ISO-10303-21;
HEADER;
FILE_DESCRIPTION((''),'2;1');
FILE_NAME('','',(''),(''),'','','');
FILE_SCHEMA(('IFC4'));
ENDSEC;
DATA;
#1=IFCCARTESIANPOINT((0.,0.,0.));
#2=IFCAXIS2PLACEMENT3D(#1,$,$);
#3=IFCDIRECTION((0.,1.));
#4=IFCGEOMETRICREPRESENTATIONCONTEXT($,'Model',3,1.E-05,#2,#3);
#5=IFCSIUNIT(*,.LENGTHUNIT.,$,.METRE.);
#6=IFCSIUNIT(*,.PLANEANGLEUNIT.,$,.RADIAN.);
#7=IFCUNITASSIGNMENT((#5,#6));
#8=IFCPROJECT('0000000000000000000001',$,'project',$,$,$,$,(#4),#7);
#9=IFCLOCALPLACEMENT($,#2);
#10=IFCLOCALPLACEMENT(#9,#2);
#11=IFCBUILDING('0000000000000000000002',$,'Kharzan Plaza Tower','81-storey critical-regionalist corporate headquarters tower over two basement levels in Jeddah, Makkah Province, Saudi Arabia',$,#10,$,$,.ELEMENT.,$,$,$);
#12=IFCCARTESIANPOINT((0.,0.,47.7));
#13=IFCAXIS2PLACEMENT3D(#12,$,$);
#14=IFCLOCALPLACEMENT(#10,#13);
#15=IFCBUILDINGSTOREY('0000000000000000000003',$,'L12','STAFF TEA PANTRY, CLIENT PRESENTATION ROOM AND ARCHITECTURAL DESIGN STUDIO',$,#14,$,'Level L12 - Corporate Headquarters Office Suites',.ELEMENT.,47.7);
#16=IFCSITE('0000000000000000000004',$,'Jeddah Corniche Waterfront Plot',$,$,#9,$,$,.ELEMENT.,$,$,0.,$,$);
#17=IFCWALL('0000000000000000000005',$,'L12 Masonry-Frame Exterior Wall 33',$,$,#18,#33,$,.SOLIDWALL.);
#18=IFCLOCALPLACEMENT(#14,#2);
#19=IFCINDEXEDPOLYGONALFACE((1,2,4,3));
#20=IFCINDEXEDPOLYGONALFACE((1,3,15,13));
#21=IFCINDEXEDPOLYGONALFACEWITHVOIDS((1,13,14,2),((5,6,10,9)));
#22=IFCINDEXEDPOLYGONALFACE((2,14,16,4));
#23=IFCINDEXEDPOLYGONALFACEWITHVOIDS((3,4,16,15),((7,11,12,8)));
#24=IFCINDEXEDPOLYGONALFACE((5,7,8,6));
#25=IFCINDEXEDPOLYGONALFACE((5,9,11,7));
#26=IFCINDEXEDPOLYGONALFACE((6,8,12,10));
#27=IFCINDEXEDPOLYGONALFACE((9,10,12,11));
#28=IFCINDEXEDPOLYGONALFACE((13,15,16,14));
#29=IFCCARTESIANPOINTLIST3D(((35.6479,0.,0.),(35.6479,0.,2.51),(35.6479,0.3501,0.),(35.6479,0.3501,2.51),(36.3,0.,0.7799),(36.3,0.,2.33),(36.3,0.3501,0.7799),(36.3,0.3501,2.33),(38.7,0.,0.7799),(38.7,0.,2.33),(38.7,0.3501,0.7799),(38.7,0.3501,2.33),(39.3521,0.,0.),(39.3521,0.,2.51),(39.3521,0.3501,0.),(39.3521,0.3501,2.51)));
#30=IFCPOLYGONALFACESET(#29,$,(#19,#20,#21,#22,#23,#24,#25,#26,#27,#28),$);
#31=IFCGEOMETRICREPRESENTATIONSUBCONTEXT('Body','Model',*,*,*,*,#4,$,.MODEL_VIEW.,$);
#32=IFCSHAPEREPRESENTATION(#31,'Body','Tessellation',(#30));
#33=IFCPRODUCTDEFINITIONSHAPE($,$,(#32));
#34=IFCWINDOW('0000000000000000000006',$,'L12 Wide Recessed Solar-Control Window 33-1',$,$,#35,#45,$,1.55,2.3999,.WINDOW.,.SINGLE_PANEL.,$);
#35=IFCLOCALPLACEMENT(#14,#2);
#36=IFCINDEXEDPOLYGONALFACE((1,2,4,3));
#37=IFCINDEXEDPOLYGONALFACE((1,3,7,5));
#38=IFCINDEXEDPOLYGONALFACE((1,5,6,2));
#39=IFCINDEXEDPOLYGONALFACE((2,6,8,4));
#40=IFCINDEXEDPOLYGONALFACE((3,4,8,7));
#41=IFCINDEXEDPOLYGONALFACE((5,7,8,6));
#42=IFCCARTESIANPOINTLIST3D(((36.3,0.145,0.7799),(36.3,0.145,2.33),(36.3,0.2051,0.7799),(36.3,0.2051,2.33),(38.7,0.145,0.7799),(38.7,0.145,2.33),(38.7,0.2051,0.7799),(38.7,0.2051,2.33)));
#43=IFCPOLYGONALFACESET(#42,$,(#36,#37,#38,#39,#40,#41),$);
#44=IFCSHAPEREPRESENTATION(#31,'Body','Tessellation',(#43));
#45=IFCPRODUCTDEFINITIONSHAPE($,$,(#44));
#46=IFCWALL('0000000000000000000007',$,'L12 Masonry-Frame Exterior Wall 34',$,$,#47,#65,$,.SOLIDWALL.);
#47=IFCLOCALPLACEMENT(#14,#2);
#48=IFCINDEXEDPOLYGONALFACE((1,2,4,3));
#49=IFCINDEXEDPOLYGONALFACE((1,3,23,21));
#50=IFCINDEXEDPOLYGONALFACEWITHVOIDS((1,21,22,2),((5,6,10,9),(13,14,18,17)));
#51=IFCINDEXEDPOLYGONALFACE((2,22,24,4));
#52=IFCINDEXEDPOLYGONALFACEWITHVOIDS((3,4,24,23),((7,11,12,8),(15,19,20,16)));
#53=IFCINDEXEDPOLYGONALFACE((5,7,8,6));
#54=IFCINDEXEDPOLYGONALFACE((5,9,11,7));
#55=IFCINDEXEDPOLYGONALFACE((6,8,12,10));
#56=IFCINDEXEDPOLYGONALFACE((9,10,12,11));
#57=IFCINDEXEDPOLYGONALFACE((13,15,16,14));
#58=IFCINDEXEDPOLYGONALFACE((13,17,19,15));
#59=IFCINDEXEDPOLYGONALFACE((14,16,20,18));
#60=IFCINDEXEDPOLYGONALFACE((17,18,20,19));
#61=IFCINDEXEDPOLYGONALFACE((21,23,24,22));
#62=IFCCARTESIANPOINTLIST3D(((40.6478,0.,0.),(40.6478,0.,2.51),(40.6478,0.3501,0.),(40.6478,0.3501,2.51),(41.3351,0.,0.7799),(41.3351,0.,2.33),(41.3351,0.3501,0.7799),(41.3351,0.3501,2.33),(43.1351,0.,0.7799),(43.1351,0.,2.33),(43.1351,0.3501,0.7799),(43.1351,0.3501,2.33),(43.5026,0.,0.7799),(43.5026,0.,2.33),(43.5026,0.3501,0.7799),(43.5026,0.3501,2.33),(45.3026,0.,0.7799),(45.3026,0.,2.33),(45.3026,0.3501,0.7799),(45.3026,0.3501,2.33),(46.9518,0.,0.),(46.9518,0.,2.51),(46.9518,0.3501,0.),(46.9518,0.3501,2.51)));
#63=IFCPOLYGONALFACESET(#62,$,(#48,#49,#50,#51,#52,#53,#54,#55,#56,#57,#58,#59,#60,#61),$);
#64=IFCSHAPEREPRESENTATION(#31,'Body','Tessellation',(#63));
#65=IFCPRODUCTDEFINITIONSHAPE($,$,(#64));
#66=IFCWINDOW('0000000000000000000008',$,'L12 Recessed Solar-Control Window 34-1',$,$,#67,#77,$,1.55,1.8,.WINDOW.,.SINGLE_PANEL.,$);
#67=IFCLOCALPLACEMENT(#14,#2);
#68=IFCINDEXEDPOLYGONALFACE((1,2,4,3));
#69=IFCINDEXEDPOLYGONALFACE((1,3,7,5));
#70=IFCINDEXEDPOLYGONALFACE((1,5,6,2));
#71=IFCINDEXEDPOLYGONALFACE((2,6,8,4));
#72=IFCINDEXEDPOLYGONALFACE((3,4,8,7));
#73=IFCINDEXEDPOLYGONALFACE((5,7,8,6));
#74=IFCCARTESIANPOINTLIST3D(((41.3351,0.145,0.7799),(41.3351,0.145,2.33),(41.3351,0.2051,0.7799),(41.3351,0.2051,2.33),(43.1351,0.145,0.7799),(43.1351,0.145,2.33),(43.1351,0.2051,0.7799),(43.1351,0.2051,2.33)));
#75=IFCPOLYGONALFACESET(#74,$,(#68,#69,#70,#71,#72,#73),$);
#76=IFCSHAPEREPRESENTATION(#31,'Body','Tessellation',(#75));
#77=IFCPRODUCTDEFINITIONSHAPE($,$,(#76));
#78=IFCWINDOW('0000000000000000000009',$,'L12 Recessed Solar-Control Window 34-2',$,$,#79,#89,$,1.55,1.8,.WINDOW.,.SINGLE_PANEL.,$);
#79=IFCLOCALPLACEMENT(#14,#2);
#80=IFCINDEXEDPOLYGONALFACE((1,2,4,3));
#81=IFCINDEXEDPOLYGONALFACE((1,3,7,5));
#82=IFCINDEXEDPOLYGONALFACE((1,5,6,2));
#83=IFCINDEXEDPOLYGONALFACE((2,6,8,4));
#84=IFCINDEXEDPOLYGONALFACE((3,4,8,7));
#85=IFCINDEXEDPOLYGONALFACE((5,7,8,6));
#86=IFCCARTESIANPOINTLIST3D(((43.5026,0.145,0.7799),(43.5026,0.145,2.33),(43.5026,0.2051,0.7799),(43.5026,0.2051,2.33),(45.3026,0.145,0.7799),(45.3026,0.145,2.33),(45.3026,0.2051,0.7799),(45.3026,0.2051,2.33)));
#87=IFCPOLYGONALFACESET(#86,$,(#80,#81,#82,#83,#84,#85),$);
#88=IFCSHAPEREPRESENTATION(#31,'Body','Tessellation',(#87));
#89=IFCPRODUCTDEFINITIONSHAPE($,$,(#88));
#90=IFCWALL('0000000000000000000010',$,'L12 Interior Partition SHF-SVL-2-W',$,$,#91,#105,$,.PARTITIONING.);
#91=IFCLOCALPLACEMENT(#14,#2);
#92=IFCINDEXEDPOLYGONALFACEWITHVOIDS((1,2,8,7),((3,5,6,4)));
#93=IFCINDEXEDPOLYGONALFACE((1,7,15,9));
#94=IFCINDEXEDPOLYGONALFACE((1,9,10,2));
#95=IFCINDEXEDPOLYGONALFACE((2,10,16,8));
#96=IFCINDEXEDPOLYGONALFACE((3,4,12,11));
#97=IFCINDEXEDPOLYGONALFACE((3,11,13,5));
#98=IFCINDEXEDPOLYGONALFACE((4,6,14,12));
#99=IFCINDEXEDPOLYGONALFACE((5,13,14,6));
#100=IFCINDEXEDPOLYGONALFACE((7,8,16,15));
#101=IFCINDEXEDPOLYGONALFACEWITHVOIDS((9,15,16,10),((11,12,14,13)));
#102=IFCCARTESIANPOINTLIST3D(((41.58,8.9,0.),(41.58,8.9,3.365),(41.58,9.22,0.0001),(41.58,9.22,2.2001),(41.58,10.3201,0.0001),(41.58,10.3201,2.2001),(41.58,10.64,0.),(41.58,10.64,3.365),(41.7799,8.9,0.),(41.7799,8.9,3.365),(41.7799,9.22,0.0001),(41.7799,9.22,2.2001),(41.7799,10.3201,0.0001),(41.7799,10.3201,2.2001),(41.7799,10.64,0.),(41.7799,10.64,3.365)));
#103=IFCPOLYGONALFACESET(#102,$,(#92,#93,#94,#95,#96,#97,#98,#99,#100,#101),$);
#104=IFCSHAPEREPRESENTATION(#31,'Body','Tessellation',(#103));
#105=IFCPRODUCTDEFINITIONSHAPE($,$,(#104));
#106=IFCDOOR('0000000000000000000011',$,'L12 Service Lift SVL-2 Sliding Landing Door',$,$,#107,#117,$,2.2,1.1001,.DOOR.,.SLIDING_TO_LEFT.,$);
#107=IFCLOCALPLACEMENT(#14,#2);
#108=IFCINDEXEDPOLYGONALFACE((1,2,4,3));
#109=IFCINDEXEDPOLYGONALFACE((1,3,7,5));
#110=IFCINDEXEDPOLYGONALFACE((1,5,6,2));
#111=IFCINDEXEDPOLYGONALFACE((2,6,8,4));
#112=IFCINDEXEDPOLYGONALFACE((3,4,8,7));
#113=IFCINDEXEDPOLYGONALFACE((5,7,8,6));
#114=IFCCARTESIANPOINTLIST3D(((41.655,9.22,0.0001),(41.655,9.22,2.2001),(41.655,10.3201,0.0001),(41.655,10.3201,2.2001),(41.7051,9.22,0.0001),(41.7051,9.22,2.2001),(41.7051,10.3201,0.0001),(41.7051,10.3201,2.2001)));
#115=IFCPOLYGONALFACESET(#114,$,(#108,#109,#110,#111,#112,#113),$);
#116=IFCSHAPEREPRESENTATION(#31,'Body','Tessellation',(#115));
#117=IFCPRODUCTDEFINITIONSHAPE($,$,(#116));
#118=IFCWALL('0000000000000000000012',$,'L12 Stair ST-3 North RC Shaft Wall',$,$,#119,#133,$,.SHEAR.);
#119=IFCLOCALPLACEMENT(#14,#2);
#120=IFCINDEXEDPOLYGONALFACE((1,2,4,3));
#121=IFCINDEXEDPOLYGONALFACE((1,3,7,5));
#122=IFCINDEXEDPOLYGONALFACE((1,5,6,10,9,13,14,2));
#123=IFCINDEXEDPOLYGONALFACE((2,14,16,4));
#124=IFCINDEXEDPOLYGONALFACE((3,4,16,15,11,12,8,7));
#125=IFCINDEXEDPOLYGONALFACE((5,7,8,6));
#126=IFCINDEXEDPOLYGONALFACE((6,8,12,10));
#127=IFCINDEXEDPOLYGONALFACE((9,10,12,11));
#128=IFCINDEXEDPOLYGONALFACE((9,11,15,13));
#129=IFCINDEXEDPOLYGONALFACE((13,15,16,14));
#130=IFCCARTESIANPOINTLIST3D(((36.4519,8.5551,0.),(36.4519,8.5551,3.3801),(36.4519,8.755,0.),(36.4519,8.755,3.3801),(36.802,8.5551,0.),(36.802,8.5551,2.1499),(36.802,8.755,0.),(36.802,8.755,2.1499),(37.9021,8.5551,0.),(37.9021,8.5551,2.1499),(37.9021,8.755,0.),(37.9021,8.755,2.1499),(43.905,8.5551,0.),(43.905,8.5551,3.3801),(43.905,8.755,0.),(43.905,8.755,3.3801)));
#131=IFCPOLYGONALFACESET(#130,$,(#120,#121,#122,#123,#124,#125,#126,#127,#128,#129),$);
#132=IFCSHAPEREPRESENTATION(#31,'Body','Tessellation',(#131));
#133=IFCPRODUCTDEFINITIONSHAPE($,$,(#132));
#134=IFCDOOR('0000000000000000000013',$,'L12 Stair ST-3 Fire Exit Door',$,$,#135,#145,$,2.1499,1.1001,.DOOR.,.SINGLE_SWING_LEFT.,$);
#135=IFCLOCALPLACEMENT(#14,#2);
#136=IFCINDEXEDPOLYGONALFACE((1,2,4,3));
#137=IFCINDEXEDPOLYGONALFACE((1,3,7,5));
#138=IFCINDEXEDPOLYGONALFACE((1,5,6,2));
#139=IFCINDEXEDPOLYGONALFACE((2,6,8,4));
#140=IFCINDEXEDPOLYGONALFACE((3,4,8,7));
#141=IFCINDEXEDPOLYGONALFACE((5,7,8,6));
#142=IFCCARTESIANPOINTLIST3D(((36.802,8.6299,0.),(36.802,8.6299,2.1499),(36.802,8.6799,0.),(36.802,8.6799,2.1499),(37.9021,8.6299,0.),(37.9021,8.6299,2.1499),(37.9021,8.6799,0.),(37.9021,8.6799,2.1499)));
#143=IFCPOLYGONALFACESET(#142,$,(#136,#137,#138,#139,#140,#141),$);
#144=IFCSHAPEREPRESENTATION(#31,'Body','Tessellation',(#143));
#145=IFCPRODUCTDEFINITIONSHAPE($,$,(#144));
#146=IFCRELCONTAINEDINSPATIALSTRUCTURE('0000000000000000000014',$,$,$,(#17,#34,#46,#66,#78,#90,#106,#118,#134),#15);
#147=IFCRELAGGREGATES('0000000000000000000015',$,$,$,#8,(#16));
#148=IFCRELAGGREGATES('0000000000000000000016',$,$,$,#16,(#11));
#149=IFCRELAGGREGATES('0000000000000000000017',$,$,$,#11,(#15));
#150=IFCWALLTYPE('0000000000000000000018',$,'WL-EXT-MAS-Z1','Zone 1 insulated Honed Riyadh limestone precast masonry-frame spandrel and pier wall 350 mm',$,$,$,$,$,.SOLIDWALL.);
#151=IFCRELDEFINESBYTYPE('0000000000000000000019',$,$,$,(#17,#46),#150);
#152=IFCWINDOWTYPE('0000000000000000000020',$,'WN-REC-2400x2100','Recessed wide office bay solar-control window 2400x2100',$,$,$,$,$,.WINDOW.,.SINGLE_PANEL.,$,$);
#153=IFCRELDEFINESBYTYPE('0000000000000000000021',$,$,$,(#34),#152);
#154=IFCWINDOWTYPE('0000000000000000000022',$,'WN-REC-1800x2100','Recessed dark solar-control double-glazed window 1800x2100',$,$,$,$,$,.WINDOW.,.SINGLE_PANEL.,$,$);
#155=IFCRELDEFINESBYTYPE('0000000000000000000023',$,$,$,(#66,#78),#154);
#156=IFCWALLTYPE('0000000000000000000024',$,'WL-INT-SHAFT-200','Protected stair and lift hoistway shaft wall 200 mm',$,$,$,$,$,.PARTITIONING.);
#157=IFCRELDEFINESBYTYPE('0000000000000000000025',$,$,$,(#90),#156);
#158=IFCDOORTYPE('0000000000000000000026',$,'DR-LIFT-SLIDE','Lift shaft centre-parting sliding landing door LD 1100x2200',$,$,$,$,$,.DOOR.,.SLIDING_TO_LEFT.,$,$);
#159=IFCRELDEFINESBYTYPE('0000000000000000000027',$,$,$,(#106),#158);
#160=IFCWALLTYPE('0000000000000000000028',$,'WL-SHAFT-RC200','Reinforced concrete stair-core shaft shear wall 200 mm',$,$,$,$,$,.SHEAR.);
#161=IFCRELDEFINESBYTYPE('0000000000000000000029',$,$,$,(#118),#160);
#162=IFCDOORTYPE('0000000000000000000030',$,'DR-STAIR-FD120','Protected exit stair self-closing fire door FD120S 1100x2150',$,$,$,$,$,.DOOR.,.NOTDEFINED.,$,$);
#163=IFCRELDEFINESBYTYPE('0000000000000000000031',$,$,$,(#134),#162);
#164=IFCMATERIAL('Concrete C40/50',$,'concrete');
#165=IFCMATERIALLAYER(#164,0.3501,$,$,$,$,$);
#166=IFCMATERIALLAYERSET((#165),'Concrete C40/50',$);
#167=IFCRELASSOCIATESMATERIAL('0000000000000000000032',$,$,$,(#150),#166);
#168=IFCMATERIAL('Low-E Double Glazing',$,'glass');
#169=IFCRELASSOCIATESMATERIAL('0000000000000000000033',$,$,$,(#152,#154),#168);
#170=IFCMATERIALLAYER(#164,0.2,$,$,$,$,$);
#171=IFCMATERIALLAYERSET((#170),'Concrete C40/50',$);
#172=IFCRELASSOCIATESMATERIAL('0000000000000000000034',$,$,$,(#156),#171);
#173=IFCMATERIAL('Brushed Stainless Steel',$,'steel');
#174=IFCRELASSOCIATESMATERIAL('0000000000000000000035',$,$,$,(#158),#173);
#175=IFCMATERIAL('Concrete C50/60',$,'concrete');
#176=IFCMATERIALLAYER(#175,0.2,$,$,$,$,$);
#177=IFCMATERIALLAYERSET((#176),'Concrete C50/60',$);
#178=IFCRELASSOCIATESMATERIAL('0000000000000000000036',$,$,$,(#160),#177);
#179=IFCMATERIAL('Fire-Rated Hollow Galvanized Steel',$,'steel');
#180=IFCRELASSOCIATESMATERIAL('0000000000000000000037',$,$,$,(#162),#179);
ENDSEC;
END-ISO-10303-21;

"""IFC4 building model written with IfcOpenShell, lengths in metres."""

from ifc_helpers import new_model, si_unit, direction, frame, frame_2d, origin, place, context, subcontext, project, spatial, rectangle, extrude, source, transform, mapped, material, layer, layer_set, type_object, element, fill, save


model = new_model("IFC4")

# Units and contexts
model_context = context("Model", 3, precision=1e-05, world=origin(), true_north=direction((0.0, 1.0)))
body_context = subcontext(model_context, "Body", "Model", "MODEL_VIEW")
ifc_project = project(units=[si_unit("LENGTHUNIT", "METRE"), si_unit("PLANEANGLEUNIT", "RADIAN")], contexts=[model_context])

# Site, building, storey
site_placement = place(None, origin())
site = spatial("IfcSite", under=ifc_project, at=site_placement, Name="Jeddah Corniche Waterfront Plot", CompositionType="ELEMENT", RefElevation=0.0)
building_placement = place(site_placement, origin())
building = spatial("IfcBuilding", under=site, at=building_placement, Name="Kharzan Plaza Tower", Description="81-storey critical-regionalist corporate headquarters tower over two basement levels in Jeddah, Makkah Province, Saudi Arabia", CompositionType="ELEMENT")
storey_placement = place(building_placement, frame((0.0, 0.0, 47.7)))
storey = spatial("IfcBuildingStorey", under=building, at=storey_placement, Name="L12", Description="STAFF TEA PANTRY, CLIENT PRESENTATION ROOM AND ARCHITECTURAL DESIGN STUDIO", LongName="Level L12 - Corporate Headquarters Office Suites", CompositionType="ELEMENT", Elevation=47.7)

# Wall, opening, window
ifc_material_1 = material(Name="Concrete C40/50", Category="concrete")
ifc_layer_1 = layer(ifc_material_1, 0.3501)
ifc_layer_set_1 = layer_set([ifc_layer_1], Name="Concrete C40/50")
wall_type_1 = type_object("IfcWallType", Name="WL-EXT-MAS-Z1", Description="Zone 1 insulated Honed Riyadh limestone precast masonry-frame spandrel and pier wall 350 mm", PredefinedType="SOLIDWALL", material=ifc_layer_set_1)
wall_1_placement = place(storey_placement, frame((35.6479, 0.175, 0.0), z_axis=(0.0, 0.0, 1.0), x_axis=(1.0, 0.0, 0.0)))
wall_1 = element("IfcWall", 1, at=wall_1_placement, inside=storey, type_object=wall_type_1, Name="L12 Masonry-Frame Exterior Wall 33", PredefinedType="SOLIDWALL", context=body_context, shape_type="SweptSolid", body=[
    extrude(rectangle(XDim=3.7041, YDim=0.3501, at=frame_2d((1.8521, 0.0))), origin(), (0.0, 0.0, 1.0), 2.51),
])
opening_1_placement = place(wall_1_placement, frame((0.6521, 0.0, 0.78)))
opening_1 = element("IfcOpeningElement", 2, at=opening_1_placement, cuts=wall_1, PredefinedType="OPENING", context=body_context, shape_type="SweptSolid", body=[
    extrude(rectangle(XDim=2.3999, YDim=1.55, at=frame_2d((1.2, 0.7749))), frame((0.0, 0.1851, 0.0), z_axis=(0.0, -1.0, 0.0), x_axis=(1.0, 0.0, 0.0)), (0.0, 0.0, 1.0), 0.3701),
])
ifc_material_2 = material(Name="Low-E Double Glazing", Category="glass")
window_type_1 = type_object("IfcWindowType", Name="WN-REC-2400x2100", Description="Recessed wide office bay solar-control window 2400x2100", PartitioningType="SINGLE_PANEL", PredefinedType="WINDOW", material=ifc_material_2)
shared_shape_1 = source(origin(), body_context, "Body", "SweptSolid", [
    extrude(rectangle(XDim=2.3999, YDim=1.55, at=frame_2d((1.2, 0.7749))), frame((0.0, 0.03, 0.0), z_axis=(0.0, -1.0, 0.0), x_axis=(1.0, 0.0, 0.0)), (0.0, 0.0, 1.0), 0.0601),
])
window_1_placement = place(opening_1_placement, origin())
window_1 = element("IfcWindow", 3, at=window_1_placement, inside=storey, type_object=window_type_1, Name="L12 Wide Recessed Solar-Control Window 33-1", OverallHeight=1.55, OverallWidth=2.3999, PartitioningType="SINGLE_PANEL", PredefinedType="WINDOW", context=body_context, shape_type="MappedRepresentation", body=[
    mapped(shared_shape_1, transform((0.0, 0.0, 0.0), x_axis=(1.0, 0.0, 0.0), y_axis=(0.0, 1.0, 0.0), z_axis=(0.0, 0.0, 1.0))),
])
fill(opening_1, window_1)

# Wall, openings, windows
wall_2_placement = place(storey_placement, frame((40.6479, 0.175, 0.0), z_axis=(0.0, 0.0, 1.0), x_axis=(1.0, 0.0, 0.0)))
wall_2 = element("IfcWall", 4, at=wall_2_placement, inside=storey, type_object=wall_type_1, Name="L12 Masonry-Frame Exterior Wall 34", PredefinedType="SOLIDWALL", context=body_context, shape_type="SweptSolid", body=[
    extrude(rectangle(XDim=6.304, YDim=0.3501, at=frame_2d((3.1519, 0.0))), origin(), (0.0, 0.0, 1.0), 2.51),
])
opening_2_placement = place(wall_2_placement, frame((0.6873, 0.0, 0.78)))
opening_2 = element("IfcOpeningElement", 5, at=opening_2_placement, cuts=wall_2, PredefinedType="OPENING", context=body_context, shape_type="SweptSolid", body=[
    extrude(rectangle(XDim=1.8, YDim=1.55, at=frame_2d((0.8999, 0.7749))), frame((0.0, 0.1851, 0.0), z_axis=(0.0, -1.0, 0.0), x_axis=(1.0, 0.0, 0.0)), (0.0, 0.0, 1.0), 0.3701),
])
opening_3_placement = place(wall_2_placement, frame((2.8547, 0.0, 0.78)))
opening_3 = element("IfcOpeningElement", 6, at=opening_3_placement, cuts=wall_2, PredefinedType="OPENING", context=body_context, shape_type="SweptSolid", body=[
    extrude(rectangle(XDim=1.8, YDim=1.55, at=frame_2d((0.8999, 0.7749))), frame((0.0, 0.1851, 0.0), z_axis=(0.0, -1.0, 0.0), x_axis=(1.0, 0.0, 0.0)), (0.0, 0.0, 1.0), 0.3701),
])
window_type_2 = type_object("IfcWindowType", Name="WN-REC-1800x2100", Description="Recessed dark solar-control double-glazed window 1800x2100", PartitioningType="SINGLE_PANEL", PredefinedType="WINDOW", material=ifc_material_2)
shared_shape_2 = source(origin(), body_context, "Body", "SweptSolid", [
    extrude(rectangle(XDim=1.8, YDim=1.55, at=frame_2d((0.8999, 0.7749))), frame((0.0, 0.03, 0.0), z_axis=(0.0, -1.0, 0.0), x_axis=(1.0, 0.0, 0.0)), (0.0, 0.0, 1.0), 0.0601),
])
window_2_placement = place(opening_2_placement, origin())
window_2 = element("IfcWindow", 7, at=window_2_placement, inside=storey, type_object=window_type_2, Name="L12 Recessed Solar-Control Window 34-1", OverallHeight=1.55, OverallWidth=1.8, PartitioningType="SINGLE_PANEL", PredefinedType="WINDOW", context=body_context, shape_type="MappedRepresentation", body=[
    mapped(shared_shape_2, transform((0.0, 0.0, 0.0), x_axis=(1.0, 0.0, 0.0), y_axis=(0.0, 1.0, 0.0), z_axis=(0.0, 0.0, 1.0))),
])
fill(opening_2, window_2)
window_3_placement = place(opening_3_placement, origin())
window_3 = element("IfcWindow", 8, at=window_3_placement, inside=storey, type_object=window_type_2, Name="L12 Recessed Solar-Control Window 34-2", OverallHeight=1.55, OverallWidth=1.8, PartitioningType="SINGLE_PANEL", PredefinedType="WINDOW", context=body_context, shape_type="MappedRepresentation", body=[
    mapped(shared_shape_2, transform((0.0, 0.0, 0.0), x_axis=(1.0, 0.0, 0.0), y_axis=(0.0, 1.0, 0.0), z_axis=(0.0, 0.0, 1.0))),
])
fill(opening_3, window_3)

# Walls, openings, doors
ifc_layer_2 = layer(ifc_material_1, 0.2)
ifc_layer_set_2 = layer_set([ifc_layer_2], Name="Concrete C40/50")
wall_type_2 = type_object("IfcWallType", Name="WL-INT-SHAFT-200", Description="Protected stair and lift hoistway shaft wall 200 mm", PredefinedType="PARTITIONING", material=ifc_layer_set_2)
wall_3_placement = place(storey_placement, frame((41.6799, 8.8999, 0.0), z_axis=(0.0, 0.0, 1.0), x_axis=(0.0, 1.0, 0.0)))
wall_3 = element("IfcWall", 9, at=wall_3_placement, inside=storey, type_object=wall_type_2, Name="L12 Interior Partition SHF-SVL-2-W", PredefinedType="PARTITIONING", context=body_context, shape_type="SweptSolid", body=[
    extrude(rectangle(XDim=1.74, YDim=0.2, at=frame_2d((0.8701, 0.0))), origin(), (0.0, 0.0, 1.0), 3.365),
])
opening_4_placement = place(wall_3_placement, frame((0.3201, 0.0, 0.0)))
opening_4 = element("IfcOpeningElement", 10, at=opening_4_placement, cuts=wall_3, PredefinedType="OPENING", context=body_context, shape_type="SweptSolid", body=[
    extrude(rectangle(XDim=1.1001, YDim=2.2, at=frame_2d((0.55, 1.1001))), frame((0.0, 0.1099, 0.0), z_axis=(0.0, -1.0, 0.0), x_axis=(1.0, 0.0, 0.0)), (0.0, 0.0, 1.0), 0.22),
])
ifc_material_3 = material(Name="Brushed Stainless Steel", Category="steel")
door_type_1 = type_object("IfcDoorType", Name="DR-LIFT-SLIDE", Description="Lift shaft centre-parting sliding landing door LD 1100x2200", OperationType="SLIDING_TO_LEFT", PredefinedType="DOOR", material=ifc_material_3)
shared_shape_3 = source(origin(), body_context, "Body", "SweptSolid", [
    extrude(rectangle(XDim=1.1001, YDim=2.2, at=frame_2d((0.55, 1.1001))), frame((0.0, 0.0249, 0.0), z_axis=(0.0, -1.0, 0.0), x_axis=(1.0, 0.0, 0.0)), (0.0, 0.0, 1.0), 0.05),
])
door_1_placement = place(opening_4_placement, origin())
door_1 = element("IfcDoor", 11, at=door_1_placement, inside=storey, type_object=door_type_1, Name="L12 Service Lift SVL-2 Sliding Landing Door", OperationType="SLIDING_TO_LEFT", OverallHeight=2.2, OverallWidth=1.1001, PredefinedType="DOOR", context=body_context, shape_type="MappedRepresentation", body=[
    mapped(shared_shape_3, transform((0.0, 0.0, 0.0), x_axis=(1.0, 0.0, 0.0), y_axis=(0.0, 1.0, 0.0), z_axis=(0.0, 0.0, 1.0))),
])
fill(opening_4, door_1)
ifc_material_4 = material(Name="Concrete C50/60", Category="concrete")
ifc_layer_3 = layer(ifc_material_4, 0.2)
ifc_layer_set_3 = layer_set([ifc_layer_3], Name="Concrete C50/60")
wall_type_3 = type_object("IfcWallType", Name="WL-SHAFT-RC200", Description="Reinforced concrete stair-core shaft shear wall 200 mm", PredefinedType="SHEAR", material=ifc_layer_set_3)
wall_4_placement = place(storey_placement, frame((36.4519, 8.655, 0.0), z_axis=(0.0, 0.0, 1.0), x_axis=(1.0, 0.0, 0.0)))
wall_4 = element("IfcWall", 12, at=wall_4_placement, inside=storey, type_object=wall_type_3, Name="L12 Stair ST-3 North RC Shaft Wall", PredefinedType="SHEAR", context=body_context, shape_type="SweptSolid", body=[
    extrude(rectangle(XDim=7.4531, YDim=0.2, at=frame_2d((3.7266, 0.0))), origin(), (0.0, 0.0, 1.0), 3.3801),
])
opening_5_placement = place(wall_4_placement, frame((0.3501, 0.0, 0.0)))
opening_5 = element("IfcOpeningElement", 13, at=opening_5_placement, cuts=wall_4, PredefinedType="OPENING", context=body_context, shape_type="SweptSolid", body=[
    extrude(rectangle(XDim=1.1001, YDim=2.1499, at=frame_2d((0.55, 1.075))), frame((0.0, 0.1099, 0.0), z_axis=(0.0, -1.0, 0.0), x_axis=(1.0, 0.0, 0.0)), (0.0, 0.0, 1.0), 0.22),
])
ifc_material_5 = material(Name="Fire-Rated Hollow Galvanized Steel", Category="steel")
door_type_2 = type_object("IfcDoorType", Name="DR-STAIR-FD120", Description="Protected exit stair self-closing fire door FD120S 1100x2150", OperationType="NOTDEFINED", PredefinedType="DOOR", material=ifc_material_5)
shared_shape_4 = source(origin(), body_context, "Body", "SweptSolid", [
    extrude(rectangle(XDim=1.1001, YDim=2.1499, at=frame_2d((0.55, 1.075))), frame((0.0, 0.0249, 0.0), z_axis=(0.0, -1.0, 0.0), x_axis=(1.0, 0.0, 0.0)), (0.0, 0.0, 1.0), 0.05),
])
door_2_placement = place(opening_5_placement, origin())
door_2 = element("IfcDoor", 14, at=door_2_placement, inside=storey, type_object=door_type_2, Name="L12 Stair ST-3 Fire Exit Door", OperationType="SINGLE_SWING_LEFT", OverallHeight=2.1499, OverallWidth=1.1001, PredefinedType="DOOR", context=body_context, shape_type="MappedRepresentation", body=[
    mapped(shared_shape_4, transform((0.0, 0.0, 0.0), x_axis=(1.0, 0.0, 0.0), y_axis=(0.0, 1.0, 0.0), z_axis=(0.0, 0.0, 1.0))),
])
fill(opening_5, door_2)

save(model, "model.ifc")
